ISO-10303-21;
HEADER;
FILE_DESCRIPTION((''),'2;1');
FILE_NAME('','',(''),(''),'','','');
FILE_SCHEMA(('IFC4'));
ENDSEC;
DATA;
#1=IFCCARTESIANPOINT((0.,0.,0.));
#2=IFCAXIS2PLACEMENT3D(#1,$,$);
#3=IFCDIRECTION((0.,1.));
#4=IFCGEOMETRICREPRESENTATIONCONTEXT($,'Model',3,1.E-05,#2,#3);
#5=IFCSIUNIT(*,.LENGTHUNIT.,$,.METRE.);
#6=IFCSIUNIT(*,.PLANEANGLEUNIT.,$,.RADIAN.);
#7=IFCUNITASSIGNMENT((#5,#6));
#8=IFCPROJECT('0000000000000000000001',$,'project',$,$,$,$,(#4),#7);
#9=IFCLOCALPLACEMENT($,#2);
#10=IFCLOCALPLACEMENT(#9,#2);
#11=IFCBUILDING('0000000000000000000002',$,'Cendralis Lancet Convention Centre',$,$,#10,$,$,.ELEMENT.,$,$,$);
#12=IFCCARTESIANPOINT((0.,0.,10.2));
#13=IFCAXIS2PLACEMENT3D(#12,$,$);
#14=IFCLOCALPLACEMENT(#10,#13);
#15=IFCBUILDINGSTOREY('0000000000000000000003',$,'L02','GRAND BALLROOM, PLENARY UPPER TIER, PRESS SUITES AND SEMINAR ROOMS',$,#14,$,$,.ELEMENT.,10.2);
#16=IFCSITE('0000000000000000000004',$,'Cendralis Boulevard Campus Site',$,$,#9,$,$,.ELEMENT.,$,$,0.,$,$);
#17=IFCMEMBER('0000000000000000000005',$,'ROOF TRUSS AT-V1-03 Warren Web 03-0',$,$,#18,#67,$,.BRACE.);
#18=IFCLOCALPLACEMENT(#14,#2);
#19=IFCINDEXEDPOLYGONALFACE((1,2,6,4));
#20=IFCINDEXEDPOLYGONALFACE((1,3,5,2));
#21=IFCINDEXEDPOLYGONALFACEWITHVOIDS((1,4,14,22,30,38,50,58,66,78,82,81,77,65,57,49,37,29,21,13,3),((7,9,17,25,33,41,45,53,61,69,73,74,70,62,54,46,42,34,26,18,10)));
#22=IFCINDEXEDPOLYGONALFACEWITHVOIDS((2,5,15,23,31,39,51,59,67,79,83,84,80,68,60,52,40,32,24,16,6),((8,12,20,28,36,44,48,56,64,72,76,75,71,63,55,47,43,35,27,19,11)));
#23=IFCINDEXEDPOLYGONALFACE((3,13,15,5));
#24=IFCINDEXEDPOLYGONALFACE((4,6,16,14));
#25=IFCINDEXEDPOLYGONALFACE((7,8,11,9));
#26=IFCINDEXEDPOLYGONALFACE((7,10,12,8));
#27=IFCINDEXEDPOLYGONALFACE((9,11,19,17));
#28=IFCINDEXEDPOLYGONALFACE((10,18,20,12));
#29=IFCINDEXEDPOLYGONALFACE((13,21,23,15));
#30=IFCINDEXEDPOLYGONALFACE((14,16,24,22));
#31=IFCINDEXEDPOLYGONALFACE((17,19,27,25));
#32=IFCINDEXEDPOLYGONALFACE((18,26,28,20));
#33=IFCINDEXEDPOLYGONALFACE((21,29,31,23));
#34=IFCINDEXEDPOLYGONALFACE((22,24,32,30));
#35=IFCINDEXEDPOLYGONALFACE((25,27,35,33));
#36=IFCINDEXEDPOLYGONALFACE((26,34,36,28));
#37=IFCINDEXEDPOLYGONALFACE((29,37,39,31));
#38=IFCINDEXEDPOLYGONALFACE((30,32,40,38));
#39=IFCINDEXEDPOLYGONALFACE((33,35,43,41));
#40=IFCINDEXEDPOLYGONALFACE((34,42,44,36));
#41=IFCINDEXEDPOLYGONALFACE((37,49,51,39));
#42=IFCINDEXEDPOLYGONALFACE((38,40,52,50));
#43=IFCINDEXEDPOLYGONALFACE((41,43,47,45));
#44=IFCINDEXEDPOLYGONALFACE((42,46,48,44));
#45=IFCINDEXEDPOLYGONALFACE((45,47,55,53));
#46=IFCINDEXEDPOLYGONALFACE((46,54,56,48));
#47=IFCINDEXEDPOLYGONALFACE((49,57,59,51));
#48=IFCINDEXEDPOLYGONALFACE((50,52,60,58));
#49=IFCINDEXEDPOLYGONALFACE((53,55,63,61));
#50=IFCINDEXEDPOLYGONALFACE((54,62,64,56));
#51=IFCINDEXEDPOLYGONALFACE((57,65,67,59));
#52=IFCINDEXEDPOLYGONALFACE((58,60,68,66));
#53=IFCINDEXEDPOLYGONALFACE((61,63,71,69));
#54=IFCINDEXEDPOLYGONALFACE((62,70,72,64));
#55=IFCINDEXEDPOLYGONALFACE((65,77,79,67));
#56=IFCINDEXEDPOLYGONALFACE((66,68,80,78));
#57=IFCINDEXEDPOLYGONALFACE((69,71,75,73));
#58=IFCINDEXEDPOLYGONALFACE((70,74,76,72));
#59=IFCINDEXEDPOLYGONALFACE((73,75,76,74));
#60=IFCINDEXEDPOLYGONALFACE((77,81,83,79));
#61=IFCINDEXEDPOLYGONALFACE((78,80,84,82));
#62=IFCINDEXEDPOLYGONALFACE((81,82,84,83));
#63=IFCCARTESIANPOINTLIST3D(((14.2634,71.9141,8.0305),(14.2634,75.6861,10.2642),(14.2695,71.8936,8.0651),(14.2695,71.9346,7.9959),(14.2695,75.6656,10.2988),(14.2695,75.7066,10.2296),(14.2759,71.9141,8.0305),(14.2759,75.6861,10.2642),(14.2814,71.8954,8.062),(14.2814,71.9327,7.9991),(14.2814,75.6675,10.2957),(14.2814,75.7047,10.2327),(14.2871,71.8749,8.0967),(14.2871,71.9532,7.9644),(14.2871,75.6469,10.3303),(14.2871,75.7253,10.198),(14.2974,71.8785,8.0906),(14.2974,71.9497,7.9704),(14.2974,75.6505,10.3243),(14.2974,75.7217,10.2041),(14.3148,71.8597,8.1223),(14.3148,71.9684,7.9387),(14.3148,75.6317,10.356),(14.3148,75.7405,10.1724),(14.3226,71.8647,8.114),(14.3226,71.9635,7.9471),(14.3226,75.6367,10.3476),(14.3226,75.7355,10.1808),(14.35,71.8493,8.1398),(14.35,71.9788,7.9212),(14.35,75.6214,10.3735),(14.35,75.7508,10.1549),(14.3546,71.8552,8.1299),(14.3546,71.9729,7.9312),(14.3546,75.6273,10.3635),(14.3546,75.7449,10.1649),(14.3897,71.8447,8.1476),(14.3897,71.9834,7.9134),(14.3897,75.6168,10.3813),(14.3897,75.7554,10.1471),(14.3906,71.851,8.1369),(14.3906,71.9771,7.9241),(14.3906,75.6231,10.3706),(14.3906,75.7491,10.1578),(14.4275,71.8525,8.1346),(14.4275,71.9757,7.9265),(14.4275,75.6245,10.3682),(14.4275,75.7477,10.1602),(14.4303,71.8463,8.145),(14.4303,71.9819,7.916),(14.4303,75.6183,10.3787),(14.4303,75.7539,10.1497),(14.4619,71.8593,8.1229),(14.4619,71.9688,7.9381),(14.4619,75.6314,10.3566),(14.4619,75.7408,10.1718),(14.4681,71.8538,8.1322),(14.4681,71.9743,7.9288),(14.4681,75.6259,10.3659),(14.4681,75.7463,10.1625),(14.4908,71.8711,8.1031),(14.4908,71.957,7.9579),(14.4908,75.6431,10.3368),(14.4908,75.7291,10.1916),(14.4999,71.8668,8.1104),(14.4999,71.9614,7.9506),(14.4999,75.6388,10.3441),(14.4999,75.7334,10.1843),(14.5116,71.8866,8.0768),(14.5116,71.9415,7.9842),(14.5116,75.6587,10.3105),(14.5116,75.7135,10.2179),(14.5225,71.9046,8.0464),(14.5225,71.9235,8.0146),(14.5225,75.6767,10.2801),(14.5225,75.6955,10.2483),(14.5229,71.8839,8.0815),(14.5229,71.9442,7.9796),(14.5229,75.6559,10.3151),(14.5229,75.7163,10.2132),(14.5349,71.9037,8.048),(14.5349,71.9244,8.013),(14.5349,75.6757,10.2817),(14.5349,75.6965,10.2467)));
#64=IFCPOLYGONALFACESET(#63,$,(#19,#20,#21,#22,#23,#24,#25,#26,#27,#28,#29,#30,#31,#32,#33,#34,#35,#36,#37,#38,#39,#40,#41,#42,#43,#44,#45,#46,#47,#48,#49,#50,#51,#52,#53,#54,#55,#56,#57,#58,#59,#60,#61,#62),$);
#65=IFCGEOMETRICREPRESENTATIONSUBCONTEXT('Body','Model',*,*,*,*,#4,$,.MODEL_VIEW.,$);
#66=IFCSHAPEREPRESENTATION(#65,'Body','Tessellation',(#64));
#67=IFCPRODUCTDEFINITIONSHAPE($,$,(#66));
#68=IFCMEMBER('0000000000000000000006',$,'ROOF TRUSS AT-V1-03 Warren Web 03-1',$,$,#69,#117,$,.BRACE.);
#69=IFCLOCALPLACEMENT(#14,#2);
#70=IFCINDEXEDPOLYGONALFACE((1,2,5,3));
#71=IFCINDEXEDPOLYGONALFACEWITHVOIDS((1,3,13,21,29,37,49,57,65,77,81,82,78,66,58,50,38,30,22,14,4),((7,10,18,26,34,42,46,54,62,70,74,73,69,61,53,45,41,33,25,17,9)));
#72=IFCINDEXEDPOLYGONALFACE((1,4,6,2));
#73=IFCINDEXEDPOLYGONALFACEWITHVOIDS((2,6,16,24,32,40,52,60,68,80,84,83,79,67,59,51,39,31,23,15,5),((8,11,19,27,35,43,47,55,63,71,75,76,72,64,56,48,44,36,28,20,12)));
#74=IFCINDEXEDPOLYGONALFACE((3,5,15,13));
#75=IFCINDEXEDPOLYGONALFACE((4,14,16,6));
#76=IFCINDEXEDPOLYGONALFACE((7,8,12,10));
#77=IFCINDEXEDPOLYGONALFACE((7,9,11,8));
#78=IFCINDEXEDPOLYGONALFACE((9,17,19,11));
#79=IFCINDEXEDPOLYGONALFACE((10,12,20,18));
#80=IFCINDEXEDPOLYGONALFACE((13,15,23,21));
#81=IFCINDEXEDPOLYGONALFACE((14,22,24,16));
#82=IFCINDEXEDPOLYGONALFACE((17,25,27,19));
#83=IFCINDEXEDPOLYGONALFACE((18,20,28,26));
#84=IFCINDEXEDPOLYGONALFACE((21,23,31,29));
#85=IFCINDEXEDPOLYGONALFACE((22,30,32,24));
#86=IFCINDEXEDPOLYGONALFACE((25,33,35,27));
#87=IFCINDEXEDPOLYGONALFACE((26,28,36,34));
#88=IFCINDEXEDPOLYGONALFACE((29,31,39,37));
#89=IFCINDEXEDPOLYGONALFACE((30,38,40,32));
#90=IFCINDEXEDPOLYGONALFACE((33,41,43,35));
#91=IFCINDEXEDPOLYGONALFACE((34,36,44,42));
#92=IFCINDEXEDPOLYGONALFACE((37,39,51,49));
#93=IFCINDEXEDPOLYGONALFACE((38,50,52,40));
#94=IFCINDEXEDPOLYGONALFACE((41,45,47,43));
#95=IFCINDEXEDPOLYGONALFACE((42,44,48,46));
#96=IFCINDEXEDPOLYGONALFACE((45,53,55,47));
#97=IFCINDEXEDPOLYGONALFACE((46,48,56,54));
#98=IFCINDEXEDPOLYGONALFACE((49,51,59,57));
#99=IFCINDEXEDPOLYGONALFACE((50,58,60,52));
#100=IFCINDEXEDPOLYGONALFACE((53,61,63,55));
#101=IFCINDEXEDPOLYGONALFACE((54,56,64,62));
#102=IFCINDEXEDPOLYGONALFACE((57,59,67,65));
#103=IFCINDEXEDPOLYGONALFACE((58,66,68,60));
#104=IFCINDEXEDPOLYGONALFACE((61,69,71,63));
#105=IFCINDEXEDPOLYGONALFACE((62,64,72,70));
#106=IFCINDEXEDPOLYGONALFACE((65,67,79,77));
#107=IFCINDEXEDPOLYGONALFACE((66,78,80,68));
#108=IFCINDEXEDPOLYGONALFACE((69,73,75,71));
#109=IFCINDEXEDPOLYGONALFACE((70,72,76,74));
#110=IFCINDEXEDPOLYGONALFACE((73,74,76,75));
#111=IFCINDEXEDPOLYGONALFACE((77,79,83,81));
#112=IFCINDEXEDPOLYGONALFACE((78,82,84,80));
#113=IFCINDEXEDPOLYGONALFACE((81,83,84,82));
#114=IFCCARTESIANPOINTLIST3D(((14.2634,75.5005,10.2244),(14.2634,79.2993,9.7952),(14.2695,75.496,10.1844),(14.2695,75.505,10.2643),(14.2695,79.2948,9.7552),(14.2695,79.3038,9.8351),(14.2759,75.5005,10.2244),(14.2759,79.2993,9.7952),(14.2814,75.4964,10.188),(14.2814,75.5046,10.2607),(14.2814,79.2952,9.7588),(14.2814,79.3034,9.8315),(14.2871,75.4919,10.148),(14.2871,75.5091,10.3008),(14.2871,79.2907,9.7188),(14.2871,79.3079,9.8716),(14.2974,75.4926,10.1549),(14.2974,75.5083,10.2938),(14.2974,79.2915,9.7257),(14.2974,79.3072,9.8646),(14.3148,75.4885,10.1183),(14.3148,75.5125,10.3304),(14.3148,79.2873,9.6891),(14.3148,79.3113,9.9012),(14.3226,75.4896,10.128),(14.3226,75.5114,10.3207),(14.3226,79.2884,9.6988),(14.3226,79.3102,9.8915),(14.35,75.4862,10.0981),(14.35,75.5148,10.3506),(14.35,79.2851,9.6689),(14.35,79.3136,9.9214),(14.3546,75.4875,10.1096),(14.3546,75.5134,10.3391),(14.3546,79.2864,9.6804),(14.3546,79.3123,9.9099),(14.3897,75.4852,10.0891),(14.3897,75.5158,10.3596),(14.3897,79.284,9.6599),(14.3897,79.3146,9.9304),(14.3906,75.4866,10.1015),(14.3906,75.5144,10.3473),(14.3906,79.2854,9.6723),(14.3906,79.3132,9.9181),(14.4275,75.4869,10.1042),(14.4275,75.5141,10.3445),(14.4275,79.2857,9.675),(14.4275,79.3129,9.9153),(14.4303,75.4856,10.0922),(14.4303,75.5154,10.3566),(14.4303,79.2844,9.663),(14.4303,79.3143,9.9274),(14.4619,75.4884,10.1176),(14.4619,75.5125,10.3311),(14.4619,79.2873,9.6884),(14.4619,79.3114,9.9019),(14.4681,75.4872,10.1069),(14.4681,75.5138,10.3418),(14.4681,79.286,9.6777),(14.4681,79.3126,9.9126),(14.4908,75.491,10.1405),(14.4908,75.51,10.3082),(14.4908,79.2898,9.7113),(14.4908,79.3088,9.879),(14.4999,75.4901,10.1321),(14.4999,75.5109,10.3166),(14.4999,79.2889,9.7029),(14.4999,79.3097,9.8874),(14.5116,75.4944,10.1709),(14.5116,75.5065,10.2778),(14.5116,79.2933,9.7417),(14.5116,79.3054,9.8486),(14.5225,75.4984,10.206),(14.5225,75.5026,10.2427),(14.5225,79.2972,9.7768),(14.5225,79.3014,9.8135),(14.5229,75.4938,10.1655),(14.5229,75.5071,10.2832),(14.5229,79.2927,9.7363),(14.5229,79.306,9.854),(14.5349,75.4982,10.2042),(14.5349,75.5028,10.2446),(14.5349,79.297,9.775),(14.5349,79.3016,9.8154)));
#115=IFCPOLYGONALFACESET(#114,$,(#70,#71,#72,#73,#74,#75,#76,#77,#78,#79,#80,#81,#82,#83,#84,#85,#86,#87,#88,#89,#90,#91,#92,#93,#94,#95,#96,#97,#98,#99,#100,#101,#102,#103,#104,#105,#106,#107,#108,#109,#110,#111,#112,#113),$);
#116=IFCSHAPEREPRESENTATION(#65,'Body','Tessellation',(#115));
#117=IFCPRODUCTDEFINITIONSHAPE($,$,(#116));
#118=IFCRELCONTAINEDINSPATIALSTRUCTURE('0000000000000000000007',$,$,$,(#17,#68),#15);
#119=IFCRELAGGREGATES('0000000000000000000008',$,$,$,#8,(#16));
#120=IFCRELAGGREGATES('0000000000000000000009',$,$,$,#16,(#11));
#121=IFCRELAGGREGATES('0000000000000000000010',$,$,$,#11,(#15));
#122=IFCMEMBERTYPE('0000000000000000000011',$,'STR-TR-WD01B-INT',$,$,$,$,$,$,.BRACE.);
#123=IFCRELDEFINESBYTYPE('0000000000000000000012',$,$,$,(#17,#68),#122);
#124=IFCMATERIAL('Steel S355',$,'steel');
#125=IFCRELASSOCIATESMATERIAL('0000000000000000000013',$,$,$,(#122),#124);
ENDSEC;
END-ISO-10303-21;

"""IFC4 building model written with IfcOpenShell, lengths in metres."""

from ifc_helpers import new_model, si_unit, direction, frame, origin, origin_2d, place, context, subcontext, project, spatial, hollow_circle, extrude, material, material_profile, profile_set, type_object, element, save


model = new_model("IFC4")

# Units and contexts
model_context = context("Model", 3, precision=1e-05, world=origin(), true_north=direction((0.0, 1.0)))
body_context = subcontext(model_context, "Body", "Model", "MODEL_VIEW")
ifc_project = project(units=[si_unit("LENGTHUNIT", "METRE"), si_unit("PLANEANGLEUNIT", "RADIAN")], contexts=[model_context])

# Site, building, storey
site_placement = place(None, origin())
site = spatial("IfcSite", under=ifc_project, at=site_placement, Name="Cendralis Boulevard Campus Site", CompositionType="ELEMENT", RefElevation=0.0)
building_placement = place(site_placement, origin())
building = spatial("IfcBuilding", under=site, at=building_placement, Name="Cendralis Lancet Convention Centre", CompositionType="ELEMENT")
storey_placement = place(building_placement, frame((0.0, 0.0, 10.2)))
storey = spatial("IfcBuildingStorey", under=building, at=storey_placement, Name="L02", Description="GRAND BALLROOM, PLENARY UPPER TIER, PRESS SUITES AND SEMINAR ROOMS", CompositionType="ELEMENT", Elevation=10.2)

# Members
ifc_material = material(Name="Steel S355", Category="steel")
ifc_material_profile_1 = material_profile(ifc_material, hollow_circle(Radius=0.1365, WallThickness=0.0125, at=origin_2d()), Name="CHS 273.0x12.5")
ifc_profile_set_1 = profile_set([ifc_material_profile_1], Name="Steel S355")
member_type_1 = type_object("IfcMemberType", Name="STR-TR-WD01B-INT", PredefinedType="BRACE", material=ifc_profile_set_1)
member_1_placement = place(storey_placement, frame((14.3999, 71.9141, 8.0305), z_axis=(0.0, 0.860452, 0.509532), x_axis=(-1.0, 0.0, 0.0)))
element("IfcMember", 1, at=member_1_placement, inside=storey, type_object=member_type_1, Name="ROOF TRUSS AT-V1-03 Warren Web 03-0", PredefinedType="BRACE", context=body_context, shape_type="SweptSolid", body=[
    extrude(hollow_circle(Radius=0.1365, WallThickness=0.0125, at=origin_2d()), origin(), (0.0, 0.0, 1.0), 4.3838),
])
member_2_placement = place(storey_placement, frame((14.3999, 75.5005, 10.2244), z_axis=(0.0, 0.993678, -0.112268), x_axis=(-1.0, 0.0, 0.0)))
element("IfcMember", 2, at=member_2_placement, inside=storey, type_object=member_type_1, Name="ROOF TRUSS AT-V1-03 Warren Web 03-1", PredefinedType="BRACE", context=body_context, shape_type="SweptSolid", body=[
    extrude(hollow_circle(Radius=0.1365, WallThickness=0.0125, at=origin_2d()), origin(), (0.0, 0.0, 1.0), 3.823),
])

save(model, "model.ifc")
